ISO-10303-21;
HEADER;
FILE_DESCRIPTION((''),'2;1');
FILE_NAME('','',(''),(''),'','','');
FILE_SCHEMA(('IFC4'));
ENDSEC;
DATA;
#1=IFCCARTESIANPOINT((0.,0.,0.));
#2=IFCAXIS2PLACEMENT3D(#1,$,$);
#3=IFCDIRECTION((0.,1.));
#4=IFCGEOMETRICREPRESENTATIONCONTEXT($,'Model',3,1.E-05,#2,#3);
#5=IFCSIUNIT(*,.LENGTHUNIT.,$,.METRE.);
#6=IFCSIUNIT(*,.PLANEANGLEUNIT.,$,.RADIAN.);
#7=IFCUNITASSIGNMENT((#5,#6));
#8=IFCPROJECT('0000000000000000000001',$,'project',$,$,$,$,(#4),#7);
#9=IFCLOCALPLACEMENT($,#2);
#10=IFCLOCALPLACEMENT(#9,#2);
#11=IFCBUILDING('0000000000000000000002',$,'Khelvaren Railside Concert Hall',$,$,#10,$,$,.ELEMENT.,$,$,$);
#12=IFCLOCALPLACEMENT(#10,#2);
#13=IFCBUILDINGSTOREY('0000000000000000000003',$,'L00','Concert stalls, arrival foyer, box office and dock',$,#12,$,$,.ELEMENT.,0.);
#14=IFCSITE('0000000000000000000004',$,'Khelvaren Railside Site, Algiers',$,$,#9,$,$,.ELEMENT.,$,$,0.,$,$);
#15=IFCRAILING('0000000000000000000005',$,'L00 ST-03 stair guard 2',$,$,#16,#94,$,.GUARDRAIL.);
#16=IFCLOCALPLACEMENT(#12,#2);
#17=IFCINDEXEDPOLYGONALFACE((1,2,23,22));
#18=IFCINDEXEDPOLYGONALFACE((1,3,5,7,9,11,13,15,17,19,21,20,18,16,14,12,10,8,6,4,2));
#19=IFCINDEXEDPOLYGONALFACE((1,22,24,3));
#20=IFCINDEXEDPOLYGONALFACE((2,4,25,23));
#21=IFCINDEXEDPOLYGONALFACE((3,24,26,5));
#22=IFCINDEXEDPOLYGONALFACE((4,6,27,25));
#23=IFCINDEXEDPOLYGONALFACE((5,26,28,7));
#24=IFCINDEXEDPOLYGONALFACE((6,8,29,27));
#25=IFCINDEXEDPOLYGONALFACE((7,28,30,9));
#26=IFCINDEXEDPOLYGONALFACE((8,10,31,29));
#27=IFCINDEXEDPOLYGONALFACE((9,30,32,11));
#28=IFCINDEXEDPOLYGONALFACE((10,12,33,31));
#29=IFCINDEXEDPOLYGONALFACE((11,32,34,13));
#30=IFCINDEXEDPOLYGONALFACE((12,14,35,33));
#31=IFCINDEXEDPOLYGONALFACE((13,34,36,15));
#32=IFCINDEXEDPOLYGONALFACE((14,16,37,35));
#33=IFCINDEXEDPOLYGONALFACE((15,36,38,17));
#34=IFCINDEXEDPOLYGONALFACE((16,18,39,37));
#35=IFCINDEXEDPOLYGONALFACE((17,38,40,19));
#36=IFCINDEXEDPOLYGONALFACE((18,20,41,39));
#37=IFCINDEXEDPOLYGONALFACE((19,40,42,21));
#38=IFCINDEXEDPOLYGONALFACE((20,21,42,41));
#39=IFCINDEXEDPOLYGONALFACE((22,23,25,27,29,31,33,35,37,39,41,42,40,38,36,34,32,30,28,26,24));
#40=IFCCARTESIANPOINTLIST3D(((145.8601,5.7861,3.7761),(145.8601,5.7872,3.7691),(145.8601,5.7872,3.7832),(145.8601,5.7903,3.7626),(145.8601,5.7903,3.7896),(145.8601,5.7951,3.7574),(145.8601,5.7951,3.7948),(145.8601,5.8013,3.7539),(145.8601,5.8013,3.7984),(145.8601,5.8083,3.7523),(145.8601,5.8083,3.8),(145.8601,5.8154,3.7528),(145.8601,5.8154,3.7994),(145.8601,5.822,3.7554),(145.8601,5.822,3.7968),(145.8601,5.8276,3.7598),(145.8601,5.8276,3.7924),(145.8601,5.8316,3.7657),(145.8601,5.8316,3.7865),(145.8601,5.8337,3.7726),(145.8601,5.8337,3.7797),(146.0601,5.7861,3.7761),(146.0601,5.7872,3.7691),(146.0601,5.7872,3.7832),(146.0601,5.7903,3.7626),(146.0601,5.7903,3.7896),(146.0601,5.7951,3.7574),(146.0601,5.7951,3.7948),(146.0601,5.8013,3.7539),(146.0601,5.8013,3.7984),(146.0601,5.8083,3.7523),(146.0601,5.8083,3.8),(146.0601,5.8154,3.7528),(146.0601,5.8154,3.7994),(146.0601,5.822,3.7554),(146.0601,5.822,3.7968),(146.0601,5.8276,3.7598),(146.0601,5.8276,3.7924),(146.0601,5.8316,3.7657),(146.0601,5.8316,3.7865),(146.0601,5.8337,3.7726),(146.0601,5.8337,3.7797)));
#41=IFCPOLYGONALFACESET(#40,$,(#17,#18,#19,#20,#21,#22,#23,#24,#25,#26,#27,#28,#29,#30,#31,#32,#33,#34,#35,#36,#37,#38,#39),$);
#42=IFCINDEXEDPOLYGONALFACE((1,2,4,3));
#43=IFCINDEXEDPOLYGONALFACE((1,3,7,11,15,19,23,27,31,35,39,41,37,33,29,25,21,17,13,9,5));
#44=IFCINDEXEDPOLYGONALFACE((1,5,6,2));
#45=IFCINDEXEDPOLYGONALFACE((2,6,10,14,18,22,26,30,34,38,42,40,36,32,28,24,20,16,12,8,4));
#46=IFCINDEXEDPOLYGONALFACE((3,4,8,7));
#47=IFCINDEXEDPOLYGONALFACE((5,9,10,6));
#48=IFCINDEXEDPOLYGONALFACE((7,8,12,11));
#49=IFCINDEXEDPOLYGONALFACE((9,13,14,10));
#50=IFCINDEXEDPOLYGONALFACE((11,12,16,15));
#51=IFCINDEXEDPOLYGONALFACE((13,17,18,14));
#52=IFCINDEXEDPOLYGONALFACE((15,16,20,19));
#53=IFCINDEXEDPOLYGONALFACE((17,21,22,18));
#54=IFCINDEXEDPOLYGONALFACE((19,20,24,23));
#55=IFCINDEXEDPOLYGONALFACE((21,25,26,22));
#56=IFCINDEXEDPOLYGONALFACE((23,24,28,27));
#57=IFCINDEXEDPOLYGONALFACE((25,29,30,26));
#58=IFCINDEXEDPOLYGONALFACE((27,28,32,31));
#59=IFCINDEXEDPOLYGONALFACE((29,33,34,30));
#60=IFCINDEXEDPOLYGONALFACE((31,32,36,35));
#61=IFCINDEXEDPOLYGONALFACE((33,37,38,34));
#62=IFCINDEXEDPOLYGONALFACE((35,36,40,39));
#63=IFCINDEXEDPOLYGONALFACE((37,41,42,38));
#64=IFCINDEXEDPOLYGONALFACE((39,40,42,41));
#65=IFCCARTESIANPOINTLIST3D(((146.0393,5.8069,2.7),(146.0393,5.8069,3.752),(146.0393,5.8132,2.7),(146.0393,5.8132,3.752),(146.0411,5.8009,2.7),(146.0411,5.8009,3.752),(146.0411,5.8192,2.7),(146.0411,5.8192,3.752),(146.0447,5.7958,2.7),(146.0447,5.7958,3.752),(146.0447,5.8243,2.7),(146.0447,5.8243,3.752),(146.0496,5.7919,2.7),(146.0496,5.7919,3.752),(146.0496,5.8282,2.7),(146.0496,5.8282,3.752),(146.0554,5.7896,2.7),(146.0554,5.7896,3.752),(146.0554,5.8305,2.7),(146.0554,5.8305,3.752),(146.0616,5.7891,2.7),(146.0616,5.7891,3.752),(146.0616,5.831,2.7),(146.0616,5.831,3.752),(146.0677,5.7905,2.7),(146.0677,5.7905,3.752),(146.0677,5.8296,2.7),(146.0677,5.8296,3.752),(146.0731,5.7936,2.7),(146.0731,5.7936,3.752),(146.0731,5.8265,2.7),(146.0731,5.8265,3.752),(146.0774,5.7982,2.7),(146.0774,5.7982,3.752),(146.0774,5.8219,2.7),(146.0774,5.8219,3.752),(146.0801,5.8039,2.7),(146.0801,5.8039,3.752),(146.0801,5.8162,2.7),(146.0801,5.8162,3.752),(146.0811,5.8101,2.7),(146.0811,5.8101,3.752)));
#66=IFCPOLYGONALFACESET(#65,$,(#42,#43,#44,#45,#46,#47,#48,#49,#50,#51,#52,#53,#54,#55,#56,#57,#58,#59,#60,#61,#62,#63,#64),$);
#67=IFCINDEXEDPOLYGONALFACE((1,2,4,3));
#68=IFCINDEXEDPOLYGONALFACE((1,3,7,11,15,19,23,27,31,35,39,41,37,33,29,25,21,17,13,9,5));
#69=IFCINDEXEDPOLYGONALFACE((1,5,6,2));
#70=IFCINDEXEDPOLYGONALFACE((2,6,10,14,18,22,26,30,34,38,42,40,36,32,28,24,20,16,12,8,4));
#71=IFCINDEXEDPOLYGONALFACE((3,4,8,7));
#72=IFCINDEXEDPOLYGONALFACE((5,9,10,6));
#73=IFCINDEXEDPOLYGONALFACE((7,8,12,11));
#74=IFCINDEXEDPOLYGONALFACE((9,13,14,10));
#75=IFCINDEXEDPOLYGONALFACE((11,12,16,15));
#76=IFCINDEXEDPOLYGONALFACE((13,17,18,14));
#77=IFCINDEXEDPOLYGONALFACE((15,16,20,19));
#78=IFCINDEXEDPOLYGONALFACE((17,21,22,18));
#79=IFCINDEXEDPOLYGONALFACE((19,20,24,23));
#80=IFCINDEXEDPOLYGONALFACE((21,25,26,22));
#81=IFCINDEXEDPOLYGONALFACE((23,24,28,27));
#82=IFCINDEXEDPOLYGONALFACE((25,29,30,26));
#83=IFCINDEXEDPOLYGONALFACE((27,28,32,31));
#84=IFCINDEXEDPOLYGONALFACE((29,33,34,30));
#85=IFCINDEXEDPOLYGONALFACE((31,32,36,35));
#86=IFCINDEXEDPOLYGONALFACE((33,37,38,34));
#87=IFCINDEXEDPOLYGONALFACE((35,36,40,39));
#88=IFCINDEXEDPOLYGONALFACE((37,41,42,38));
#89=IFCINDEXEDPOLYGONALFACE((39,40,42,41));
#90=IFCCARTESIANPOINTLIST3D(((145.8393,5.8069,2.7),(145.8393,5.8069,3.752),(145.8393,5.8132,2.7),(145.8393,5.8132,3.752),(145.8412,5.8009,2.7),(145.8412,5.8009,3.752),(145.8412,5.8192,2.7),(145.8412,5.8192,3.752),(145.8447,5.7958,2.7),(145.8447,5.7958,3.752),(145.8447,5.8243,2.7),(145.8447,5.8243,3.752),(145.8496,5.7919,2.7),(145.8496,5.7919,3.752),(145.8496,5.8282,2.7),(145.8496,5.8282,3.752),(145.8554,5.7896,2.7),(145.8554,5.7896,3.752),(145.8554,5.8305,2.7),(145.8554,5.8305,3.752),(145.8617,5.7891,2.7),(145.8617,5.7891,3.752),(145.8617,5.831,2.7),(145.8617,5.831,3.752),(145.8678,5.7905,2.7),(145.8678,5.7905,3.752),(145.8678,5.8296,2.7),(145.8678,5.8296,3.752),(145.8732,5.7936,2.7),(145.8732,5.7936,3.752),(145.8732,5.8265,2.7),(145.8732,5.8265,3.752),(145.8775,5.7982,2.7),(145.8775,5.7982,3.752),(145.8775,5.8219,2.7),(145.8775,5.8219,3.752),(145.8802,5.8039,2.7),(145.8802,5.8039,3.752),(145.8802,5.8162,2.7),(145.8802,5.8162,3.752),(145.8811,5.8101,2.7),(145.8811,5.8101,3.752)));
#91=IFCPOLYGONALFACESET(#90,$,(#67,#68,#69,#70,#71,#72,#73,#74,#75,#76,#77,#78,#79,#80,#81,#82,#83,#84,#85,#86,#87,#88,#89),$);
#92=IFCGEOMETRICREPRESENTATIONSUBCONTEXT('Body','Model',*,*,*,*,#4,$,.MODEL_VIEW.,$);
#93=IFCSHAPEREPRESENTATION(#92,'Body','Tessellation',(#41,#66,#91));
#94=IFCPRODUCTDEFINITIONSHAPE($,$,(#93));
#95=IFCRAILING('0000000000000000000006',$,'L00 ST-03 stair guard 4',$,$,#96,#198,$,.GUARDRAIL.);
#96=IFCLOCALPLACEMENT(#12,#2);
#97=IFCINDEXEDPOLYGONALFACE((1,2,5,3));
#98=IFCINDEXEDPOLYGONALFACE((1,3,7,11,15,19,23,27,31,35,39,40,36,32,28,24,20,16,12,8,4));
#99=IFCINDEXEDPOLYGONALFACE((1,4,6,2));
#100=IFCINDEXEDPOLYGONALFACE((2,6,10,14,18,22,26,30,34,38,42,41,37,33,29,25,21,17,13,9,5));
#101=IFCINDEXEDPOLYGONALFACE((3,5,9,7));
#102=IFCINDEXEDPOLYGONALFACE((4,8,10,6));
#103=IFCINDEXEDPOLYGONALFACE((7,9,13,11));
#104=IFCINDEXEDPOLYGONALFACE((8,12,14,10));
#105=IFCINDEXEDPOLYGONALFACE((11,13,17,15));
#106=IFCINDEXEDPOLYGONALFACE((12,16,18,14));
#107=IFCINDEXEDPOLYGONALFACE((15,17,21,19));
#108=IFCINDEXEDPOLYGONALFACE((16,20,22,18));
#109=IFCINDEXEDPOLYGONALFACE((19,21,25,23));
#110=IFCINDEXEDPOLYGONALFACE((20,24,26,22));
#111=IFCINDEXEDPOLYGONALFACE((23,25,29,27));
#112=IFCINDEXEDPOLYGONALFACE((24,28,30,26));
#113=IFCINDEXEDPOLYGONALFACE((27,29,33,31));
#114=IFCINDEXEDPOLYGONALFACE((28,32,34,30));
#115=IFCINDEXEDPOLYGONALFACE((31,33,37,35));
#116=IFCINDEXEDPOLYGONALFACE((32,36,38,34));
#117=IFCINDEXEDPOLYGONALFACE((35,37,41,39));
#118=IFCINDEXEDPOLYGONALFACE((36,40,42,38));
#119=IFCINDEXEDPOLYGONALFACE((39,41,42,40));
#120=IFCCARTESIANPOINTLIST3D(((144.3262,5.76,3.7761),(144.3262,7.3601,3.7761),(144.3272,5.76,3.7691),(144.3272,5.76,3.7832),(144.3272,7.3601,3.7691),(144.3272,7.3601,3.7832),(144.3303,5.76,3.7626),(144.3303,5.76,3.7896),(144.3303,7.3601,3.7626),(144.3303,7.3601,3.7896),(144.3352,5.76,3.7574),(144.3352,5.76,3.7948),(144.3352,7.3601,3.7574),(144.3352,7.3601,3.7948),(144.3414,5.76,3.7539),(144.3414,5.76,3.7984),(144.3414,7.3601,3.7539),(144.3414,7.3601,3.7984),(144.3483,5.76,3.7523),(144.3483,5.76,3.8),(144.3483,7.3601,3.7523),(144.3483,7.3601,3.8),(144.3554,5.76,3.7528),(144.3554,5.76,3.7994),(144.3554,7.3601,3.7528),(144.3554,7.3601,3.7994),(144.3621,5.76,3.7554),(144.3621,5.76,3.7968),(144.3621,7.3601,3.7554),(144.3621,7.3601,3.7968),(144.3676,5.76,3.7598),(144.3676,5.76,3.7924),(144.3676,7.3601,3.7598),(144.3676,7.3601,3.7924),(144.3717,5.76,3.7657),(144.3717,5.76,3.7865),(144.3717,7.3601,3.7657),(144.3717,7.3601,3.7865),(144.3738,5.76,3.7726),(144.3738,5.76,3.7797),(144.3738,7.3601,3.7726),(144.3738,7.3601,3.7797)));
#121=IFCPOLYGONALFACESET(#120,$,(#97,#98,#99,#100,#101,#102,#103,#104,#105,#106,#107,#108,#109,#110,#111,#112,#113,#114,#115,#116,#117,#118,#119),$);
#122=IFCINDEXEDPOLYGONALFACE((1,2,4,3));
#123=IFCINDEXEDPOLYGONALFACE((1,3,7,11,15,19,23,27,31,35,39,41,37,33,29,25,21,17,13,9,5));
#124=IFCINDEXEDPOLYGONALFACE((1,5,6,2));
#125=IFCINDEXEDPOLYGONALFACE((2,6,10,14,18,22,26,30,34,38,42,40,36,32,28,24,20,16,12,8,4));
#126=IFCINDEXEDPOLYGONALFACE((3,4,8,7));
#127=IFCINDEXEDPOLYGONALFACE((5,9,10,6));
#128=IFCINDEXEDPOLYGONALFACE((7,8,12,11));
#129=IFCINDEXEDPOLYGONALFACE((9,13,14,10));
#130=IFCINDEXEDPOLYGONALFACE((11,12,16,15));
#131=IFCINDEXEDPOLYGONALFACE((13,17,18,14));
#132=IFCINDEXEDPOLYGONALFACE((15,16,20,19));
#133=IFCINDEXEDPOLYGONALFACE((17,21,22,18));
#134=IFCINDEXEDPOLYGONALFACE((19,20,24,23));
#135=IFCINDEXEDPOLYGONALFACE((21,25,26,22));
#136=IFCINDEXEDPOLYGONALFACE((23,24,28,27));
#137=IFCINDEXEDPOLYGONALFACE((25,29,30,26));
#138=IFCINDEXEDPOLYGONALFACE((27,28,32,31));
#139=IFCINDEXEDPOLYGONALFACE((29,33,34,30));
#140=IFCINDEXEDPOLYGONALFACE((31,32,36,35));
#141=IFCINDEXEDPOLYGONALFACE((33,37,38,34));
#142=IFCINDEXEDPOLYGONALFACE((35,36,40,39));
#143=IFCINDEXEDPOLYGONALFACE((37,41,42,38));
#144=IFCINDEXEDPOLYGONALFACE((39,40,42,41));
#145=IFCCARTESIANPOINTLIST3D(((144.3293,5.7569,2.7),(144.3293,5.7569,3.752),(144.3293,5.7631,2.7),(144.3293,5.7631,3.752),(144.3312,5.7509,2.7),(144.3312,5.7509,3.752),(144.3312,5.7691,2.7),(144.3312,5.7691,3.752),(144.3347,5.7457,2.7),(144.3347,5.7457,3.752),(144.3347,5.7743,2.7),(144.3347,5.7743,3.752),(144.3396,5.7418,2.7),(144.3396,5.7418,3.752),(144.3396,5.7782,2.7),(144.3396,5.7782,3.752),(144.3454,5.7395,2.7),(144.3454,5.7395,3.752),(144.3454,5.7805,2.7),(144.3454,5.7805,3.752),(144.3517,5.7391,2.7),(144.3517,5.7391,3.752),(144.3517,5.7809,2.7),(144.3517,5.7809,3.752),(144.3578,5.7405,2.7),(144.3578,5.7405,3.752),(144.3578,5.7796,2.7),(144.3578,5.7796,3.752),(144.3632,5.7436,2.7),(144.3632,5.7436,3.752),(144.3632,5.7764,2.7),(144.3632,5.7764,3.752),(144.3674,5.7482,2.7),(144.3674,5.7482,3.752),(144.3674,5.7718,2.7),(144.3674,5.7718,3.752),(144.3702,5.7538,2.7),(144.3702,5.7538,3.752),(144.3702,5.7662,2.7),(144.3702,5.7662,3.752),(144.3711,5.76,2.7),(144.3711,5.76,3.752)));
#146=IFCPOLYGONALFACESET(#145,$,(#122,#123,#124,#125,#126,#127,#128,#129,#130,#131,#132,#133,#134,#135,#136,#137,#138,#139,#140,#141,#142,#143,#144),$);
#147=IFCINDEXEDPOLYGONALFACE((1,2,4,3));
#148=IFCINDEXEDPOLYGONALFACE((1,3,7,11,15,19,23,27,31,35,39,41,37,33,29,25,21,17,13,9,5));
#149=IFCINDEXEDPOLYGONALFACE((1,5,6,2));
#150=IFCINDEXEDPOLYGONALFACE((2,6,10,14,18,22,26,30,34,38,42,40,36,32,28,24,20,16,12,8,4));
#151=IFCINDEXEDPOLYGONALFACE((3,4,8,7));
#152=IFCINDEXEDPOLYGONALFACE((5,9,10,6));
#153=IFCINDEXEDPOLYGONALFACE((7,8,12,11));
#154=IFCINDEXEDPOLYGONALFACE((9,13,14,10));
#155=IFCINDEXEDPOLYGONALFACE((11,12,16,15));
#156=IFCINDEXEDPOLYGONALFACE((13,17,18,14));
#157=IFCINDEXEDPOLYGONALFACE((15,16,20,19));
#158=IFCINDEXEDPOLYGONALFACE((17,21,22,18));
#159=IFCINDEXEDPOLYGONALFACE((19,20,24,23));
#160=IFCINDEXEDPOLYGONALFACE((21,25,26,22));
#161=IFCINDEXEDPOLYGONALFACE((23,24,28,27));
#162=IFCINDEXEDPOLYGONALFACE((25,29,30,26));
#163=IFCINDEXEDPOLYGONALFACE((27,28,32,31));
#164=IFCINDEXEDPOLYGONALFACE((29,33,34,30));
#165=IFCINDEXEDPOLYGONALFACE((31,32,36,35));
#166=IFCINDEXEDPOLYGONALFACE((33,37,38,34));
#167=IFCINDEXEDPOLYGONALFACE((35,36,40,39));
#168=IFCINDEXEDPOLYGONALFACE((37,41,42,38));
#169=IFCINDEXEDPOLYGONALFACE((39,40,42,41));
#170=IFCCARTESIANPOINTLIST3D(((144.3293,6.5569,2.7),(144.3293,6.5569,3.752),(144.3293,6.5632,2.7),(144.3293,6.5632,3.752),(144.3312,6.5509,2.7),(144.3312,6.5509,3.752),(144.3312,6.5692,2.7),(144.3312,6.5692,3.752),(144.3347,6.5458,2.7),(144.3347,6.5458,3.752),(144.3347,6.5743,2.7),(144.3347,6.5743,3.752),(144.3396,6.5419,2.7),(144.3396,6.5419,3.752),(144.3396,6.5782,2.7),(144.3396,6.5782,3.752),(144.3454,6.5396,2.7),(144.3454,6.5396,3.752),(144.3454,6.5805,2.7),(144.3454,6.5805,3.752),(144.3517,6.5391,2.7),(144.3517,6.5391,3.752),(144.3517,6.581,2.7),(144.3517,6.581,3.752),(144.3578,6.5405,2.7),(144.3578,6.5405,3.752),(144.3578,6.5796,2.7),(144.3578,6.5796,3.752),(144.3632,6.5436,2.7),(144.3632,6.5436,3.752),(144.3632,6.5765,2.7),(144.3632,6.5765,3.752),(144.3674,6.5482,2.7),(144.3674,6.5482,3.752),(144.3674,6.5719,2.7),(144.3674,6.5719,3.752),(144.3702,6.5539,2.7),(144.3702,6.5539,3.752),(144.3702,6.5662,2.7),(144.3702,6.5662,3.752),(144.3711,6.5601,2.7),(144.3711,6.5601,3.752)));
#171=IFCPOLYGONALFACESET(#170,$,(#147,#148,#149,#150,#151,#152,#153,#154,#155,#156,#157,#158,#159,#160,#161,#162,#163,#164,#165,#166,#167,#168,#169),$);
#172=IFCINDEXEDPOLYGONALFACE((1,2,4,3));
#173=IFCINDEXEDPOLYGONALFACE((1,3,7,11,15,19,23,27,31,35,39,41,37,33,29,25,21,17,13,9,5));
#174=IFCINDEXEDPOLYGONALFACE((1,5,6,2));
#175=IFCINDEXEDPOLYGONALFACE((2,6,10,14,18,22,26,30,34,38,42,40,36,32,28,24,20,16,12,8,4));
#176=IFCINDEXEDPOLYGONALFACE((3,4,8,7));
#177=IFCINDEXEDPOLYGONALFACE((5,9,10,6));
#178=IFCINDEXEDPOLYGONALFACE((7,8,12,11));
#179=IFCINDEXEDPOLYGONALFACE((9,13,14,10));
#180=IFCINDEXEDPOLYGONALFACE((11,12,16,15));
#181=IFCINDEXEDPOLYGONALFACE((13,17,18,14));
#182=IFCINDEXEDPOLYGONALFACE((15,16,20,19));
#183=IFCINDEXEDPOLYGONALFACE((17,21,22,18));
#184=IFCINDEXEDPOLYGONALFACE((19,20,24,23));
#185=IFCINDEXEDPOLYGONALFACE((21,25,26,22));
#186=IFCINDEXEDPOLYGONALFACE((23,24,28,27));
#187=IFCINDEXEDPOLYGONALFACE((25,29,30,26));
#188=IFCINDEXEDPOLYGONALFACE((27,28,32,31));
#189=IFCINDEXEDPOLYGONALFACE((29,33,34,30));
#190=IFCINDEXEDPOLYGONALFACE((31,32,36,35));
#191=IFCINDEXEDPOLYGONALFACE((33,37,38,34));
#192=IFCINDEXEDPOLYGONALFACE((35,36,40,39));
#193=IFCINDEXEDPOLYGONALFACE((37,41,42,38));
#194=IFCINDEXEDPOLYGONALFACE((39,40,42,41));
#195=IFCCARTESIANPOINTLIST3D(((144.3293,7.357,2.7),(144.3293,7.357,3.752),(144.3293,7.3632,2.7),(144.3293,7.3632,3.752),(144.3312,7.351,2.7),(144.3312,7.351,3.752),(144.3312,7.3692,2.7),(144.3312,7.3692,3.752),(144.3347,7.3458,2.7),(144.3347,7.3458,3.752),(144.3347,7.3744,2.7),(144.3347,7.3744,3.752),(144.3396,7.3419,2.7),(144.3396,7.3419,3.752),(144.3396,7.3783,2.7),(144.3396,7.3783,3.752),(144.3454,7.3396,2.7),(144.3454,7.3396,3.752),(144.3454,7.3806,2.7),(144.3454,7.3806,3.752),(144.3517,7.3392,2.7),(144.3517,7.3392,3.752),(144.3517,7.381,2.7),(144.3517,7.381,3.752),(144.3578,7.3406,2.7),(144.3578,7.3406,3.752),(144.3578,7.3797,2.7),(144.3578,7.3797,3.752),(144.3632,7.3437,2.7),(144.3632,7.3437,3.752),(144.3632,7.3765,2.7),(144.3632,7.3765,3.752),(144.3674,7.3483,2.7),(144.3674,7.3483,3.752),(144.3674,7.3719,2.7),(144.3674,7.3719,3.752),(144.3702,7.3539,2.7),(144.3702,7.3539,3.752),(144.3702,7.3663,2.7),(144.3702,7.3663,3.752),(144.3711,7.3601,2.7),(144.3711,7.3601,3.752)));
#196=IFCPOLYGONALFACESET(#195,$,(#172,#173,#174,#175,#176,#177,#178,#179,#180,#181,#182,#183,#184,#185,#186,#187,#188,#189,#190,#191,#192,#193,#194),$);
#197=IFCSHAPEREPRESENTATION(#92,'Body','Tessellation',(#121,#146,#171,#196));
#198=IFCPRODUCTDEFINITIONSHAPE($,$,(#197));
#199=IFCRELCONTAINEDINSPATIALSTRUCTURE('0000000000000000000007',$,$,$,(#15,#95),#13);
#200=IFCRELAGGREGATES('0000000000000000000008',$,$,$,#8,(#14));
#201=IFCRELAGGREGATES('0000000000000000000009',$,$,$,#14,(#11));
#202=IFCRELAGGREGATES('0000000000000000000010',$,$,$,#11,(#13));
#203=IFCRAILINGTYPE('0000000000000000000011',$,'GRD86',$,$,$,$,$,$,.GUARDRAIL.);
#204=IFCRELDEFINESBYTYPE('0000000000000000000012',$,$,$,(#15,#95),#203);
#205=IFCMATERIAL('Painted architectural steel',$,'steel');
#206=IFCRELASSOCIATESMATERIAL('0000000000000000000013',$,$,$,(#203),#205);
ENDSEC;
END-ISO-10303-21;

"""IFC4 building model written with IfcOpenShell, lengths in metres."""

from ifc_helpers import new_model, si_unit, direction, frame, origin, origin_2d, place, context, subcontext, project, spatial, circle, extrude, material, type_object, element, save


model = new_model("IFC4")

# Units and contexts
model_context = context("Model", 3, precision=1e-05, world=origin(), true_north=direction((0.0, 1.0)))
body_context = subcontext(model_context, "Body", "Model", "MODEL_VIEW")
ifc_project = project(units=[si_unit("LENGTHUNIT", "METRE"), si_unit("PLANEANGLEUNIT", "RADIAN")], contexts=[model_context])

# Site, building, storey
site_placement = place(None, origin())
site = spatial("IfcSite", under=ifc_project, at=site_placement, Name="Khelvaren Railside Site, Algiers", CompositionType="ELEMENT", RefElevation=0.0)
building_placement = place(site_placement, origin())
building = spatial("IfcBuilding", under=site, at=building_placement, Name="Khelvaren Railside Concert Hall", CompositionType="ELEMENT")
storey_placement = place(building_placement, origin())
storey = spatial("IfcBuildingStorey", under=building, at=storey_placement, Name="L00", Description="Concert stalls, arrival foyer, box office and dock", CompositionType="ELEMENT", Elevation=0.0)

# Railings
ifc_material_1 = material(Name="Painted architectural steel", Category="steel")
railing_type_1 = type_object("IfcRailingType", Name="GRD86", PredefinedType="GUARDRAIL", material=ifc_material_1)
railing_1_placement = place(storey_placement, frame((146.0601, 5.8101, 2.7)))
element("IfcRailing", 1, at=railing_1_placement, inside=storey, type_object=railing_type_1, Name="L00 ST-03 stair guard 2", PredefinedType="GUARDRAIL", context=body_context, shape_type="SweptSolid", body=[
    extrude(circle(Radius=0.0239, at=origin_2d()), frame((0.0, 0.0, 1.0762), z_axis=(-1.0, 0.0, 0.0), x_axis=(0.0, -1.0, 0.0)), (0.0, 0.0, 1.0), 0.2),
    extrude(circle(Radius=0.021, at=origin_2d()), origin(), (0.0, 0.0, 1.0), 1.052),
    extrude(circle(Radius=0.021, at=origin_2d()), frame((-0.2, 0.0, 0.0)), (0.0, 0.0, 1.0), 1.052),
])
railing_2_placement = place(storey_placement, frame((144.3501, 5.76, 2.7)))
element("IfcRailing", 2, at=railing_2_placement, inside=storey, type_object=railing_type_1, Name="L00 ST-03 stair guard 4", PredefinedType="GUARDRAIL", context=body_context, shape_type="SweptSolid", body=[
    extrude(circle(Radius=0.0239, at=origin_2d()), frame((0.0, 0.0, 1.0762), z_axis=(0.0, 1.0, 0.0), x_axis=(-1.0, 0.0, 0.0)), (0.0, 0.0, 1.0), 1.6001),
    extrude(circle(Radius=0.021, at=origin_2d()), origin(), (0.0, 0.0, 1.0), 1.052),
    extrude(circle(Radius=0.021, at=origin_2d()), frame((0.0, 0.8, 0.0)), (0.0, 0.0, 1.0), 1.052),
    extrude(circle(Radius=0.021, at=origin_2d()), frame((0.0, 1.6001, 0.0)), (0.0, 0.0, 1.0), 1.052),
])

save(model, "model.ifc")
